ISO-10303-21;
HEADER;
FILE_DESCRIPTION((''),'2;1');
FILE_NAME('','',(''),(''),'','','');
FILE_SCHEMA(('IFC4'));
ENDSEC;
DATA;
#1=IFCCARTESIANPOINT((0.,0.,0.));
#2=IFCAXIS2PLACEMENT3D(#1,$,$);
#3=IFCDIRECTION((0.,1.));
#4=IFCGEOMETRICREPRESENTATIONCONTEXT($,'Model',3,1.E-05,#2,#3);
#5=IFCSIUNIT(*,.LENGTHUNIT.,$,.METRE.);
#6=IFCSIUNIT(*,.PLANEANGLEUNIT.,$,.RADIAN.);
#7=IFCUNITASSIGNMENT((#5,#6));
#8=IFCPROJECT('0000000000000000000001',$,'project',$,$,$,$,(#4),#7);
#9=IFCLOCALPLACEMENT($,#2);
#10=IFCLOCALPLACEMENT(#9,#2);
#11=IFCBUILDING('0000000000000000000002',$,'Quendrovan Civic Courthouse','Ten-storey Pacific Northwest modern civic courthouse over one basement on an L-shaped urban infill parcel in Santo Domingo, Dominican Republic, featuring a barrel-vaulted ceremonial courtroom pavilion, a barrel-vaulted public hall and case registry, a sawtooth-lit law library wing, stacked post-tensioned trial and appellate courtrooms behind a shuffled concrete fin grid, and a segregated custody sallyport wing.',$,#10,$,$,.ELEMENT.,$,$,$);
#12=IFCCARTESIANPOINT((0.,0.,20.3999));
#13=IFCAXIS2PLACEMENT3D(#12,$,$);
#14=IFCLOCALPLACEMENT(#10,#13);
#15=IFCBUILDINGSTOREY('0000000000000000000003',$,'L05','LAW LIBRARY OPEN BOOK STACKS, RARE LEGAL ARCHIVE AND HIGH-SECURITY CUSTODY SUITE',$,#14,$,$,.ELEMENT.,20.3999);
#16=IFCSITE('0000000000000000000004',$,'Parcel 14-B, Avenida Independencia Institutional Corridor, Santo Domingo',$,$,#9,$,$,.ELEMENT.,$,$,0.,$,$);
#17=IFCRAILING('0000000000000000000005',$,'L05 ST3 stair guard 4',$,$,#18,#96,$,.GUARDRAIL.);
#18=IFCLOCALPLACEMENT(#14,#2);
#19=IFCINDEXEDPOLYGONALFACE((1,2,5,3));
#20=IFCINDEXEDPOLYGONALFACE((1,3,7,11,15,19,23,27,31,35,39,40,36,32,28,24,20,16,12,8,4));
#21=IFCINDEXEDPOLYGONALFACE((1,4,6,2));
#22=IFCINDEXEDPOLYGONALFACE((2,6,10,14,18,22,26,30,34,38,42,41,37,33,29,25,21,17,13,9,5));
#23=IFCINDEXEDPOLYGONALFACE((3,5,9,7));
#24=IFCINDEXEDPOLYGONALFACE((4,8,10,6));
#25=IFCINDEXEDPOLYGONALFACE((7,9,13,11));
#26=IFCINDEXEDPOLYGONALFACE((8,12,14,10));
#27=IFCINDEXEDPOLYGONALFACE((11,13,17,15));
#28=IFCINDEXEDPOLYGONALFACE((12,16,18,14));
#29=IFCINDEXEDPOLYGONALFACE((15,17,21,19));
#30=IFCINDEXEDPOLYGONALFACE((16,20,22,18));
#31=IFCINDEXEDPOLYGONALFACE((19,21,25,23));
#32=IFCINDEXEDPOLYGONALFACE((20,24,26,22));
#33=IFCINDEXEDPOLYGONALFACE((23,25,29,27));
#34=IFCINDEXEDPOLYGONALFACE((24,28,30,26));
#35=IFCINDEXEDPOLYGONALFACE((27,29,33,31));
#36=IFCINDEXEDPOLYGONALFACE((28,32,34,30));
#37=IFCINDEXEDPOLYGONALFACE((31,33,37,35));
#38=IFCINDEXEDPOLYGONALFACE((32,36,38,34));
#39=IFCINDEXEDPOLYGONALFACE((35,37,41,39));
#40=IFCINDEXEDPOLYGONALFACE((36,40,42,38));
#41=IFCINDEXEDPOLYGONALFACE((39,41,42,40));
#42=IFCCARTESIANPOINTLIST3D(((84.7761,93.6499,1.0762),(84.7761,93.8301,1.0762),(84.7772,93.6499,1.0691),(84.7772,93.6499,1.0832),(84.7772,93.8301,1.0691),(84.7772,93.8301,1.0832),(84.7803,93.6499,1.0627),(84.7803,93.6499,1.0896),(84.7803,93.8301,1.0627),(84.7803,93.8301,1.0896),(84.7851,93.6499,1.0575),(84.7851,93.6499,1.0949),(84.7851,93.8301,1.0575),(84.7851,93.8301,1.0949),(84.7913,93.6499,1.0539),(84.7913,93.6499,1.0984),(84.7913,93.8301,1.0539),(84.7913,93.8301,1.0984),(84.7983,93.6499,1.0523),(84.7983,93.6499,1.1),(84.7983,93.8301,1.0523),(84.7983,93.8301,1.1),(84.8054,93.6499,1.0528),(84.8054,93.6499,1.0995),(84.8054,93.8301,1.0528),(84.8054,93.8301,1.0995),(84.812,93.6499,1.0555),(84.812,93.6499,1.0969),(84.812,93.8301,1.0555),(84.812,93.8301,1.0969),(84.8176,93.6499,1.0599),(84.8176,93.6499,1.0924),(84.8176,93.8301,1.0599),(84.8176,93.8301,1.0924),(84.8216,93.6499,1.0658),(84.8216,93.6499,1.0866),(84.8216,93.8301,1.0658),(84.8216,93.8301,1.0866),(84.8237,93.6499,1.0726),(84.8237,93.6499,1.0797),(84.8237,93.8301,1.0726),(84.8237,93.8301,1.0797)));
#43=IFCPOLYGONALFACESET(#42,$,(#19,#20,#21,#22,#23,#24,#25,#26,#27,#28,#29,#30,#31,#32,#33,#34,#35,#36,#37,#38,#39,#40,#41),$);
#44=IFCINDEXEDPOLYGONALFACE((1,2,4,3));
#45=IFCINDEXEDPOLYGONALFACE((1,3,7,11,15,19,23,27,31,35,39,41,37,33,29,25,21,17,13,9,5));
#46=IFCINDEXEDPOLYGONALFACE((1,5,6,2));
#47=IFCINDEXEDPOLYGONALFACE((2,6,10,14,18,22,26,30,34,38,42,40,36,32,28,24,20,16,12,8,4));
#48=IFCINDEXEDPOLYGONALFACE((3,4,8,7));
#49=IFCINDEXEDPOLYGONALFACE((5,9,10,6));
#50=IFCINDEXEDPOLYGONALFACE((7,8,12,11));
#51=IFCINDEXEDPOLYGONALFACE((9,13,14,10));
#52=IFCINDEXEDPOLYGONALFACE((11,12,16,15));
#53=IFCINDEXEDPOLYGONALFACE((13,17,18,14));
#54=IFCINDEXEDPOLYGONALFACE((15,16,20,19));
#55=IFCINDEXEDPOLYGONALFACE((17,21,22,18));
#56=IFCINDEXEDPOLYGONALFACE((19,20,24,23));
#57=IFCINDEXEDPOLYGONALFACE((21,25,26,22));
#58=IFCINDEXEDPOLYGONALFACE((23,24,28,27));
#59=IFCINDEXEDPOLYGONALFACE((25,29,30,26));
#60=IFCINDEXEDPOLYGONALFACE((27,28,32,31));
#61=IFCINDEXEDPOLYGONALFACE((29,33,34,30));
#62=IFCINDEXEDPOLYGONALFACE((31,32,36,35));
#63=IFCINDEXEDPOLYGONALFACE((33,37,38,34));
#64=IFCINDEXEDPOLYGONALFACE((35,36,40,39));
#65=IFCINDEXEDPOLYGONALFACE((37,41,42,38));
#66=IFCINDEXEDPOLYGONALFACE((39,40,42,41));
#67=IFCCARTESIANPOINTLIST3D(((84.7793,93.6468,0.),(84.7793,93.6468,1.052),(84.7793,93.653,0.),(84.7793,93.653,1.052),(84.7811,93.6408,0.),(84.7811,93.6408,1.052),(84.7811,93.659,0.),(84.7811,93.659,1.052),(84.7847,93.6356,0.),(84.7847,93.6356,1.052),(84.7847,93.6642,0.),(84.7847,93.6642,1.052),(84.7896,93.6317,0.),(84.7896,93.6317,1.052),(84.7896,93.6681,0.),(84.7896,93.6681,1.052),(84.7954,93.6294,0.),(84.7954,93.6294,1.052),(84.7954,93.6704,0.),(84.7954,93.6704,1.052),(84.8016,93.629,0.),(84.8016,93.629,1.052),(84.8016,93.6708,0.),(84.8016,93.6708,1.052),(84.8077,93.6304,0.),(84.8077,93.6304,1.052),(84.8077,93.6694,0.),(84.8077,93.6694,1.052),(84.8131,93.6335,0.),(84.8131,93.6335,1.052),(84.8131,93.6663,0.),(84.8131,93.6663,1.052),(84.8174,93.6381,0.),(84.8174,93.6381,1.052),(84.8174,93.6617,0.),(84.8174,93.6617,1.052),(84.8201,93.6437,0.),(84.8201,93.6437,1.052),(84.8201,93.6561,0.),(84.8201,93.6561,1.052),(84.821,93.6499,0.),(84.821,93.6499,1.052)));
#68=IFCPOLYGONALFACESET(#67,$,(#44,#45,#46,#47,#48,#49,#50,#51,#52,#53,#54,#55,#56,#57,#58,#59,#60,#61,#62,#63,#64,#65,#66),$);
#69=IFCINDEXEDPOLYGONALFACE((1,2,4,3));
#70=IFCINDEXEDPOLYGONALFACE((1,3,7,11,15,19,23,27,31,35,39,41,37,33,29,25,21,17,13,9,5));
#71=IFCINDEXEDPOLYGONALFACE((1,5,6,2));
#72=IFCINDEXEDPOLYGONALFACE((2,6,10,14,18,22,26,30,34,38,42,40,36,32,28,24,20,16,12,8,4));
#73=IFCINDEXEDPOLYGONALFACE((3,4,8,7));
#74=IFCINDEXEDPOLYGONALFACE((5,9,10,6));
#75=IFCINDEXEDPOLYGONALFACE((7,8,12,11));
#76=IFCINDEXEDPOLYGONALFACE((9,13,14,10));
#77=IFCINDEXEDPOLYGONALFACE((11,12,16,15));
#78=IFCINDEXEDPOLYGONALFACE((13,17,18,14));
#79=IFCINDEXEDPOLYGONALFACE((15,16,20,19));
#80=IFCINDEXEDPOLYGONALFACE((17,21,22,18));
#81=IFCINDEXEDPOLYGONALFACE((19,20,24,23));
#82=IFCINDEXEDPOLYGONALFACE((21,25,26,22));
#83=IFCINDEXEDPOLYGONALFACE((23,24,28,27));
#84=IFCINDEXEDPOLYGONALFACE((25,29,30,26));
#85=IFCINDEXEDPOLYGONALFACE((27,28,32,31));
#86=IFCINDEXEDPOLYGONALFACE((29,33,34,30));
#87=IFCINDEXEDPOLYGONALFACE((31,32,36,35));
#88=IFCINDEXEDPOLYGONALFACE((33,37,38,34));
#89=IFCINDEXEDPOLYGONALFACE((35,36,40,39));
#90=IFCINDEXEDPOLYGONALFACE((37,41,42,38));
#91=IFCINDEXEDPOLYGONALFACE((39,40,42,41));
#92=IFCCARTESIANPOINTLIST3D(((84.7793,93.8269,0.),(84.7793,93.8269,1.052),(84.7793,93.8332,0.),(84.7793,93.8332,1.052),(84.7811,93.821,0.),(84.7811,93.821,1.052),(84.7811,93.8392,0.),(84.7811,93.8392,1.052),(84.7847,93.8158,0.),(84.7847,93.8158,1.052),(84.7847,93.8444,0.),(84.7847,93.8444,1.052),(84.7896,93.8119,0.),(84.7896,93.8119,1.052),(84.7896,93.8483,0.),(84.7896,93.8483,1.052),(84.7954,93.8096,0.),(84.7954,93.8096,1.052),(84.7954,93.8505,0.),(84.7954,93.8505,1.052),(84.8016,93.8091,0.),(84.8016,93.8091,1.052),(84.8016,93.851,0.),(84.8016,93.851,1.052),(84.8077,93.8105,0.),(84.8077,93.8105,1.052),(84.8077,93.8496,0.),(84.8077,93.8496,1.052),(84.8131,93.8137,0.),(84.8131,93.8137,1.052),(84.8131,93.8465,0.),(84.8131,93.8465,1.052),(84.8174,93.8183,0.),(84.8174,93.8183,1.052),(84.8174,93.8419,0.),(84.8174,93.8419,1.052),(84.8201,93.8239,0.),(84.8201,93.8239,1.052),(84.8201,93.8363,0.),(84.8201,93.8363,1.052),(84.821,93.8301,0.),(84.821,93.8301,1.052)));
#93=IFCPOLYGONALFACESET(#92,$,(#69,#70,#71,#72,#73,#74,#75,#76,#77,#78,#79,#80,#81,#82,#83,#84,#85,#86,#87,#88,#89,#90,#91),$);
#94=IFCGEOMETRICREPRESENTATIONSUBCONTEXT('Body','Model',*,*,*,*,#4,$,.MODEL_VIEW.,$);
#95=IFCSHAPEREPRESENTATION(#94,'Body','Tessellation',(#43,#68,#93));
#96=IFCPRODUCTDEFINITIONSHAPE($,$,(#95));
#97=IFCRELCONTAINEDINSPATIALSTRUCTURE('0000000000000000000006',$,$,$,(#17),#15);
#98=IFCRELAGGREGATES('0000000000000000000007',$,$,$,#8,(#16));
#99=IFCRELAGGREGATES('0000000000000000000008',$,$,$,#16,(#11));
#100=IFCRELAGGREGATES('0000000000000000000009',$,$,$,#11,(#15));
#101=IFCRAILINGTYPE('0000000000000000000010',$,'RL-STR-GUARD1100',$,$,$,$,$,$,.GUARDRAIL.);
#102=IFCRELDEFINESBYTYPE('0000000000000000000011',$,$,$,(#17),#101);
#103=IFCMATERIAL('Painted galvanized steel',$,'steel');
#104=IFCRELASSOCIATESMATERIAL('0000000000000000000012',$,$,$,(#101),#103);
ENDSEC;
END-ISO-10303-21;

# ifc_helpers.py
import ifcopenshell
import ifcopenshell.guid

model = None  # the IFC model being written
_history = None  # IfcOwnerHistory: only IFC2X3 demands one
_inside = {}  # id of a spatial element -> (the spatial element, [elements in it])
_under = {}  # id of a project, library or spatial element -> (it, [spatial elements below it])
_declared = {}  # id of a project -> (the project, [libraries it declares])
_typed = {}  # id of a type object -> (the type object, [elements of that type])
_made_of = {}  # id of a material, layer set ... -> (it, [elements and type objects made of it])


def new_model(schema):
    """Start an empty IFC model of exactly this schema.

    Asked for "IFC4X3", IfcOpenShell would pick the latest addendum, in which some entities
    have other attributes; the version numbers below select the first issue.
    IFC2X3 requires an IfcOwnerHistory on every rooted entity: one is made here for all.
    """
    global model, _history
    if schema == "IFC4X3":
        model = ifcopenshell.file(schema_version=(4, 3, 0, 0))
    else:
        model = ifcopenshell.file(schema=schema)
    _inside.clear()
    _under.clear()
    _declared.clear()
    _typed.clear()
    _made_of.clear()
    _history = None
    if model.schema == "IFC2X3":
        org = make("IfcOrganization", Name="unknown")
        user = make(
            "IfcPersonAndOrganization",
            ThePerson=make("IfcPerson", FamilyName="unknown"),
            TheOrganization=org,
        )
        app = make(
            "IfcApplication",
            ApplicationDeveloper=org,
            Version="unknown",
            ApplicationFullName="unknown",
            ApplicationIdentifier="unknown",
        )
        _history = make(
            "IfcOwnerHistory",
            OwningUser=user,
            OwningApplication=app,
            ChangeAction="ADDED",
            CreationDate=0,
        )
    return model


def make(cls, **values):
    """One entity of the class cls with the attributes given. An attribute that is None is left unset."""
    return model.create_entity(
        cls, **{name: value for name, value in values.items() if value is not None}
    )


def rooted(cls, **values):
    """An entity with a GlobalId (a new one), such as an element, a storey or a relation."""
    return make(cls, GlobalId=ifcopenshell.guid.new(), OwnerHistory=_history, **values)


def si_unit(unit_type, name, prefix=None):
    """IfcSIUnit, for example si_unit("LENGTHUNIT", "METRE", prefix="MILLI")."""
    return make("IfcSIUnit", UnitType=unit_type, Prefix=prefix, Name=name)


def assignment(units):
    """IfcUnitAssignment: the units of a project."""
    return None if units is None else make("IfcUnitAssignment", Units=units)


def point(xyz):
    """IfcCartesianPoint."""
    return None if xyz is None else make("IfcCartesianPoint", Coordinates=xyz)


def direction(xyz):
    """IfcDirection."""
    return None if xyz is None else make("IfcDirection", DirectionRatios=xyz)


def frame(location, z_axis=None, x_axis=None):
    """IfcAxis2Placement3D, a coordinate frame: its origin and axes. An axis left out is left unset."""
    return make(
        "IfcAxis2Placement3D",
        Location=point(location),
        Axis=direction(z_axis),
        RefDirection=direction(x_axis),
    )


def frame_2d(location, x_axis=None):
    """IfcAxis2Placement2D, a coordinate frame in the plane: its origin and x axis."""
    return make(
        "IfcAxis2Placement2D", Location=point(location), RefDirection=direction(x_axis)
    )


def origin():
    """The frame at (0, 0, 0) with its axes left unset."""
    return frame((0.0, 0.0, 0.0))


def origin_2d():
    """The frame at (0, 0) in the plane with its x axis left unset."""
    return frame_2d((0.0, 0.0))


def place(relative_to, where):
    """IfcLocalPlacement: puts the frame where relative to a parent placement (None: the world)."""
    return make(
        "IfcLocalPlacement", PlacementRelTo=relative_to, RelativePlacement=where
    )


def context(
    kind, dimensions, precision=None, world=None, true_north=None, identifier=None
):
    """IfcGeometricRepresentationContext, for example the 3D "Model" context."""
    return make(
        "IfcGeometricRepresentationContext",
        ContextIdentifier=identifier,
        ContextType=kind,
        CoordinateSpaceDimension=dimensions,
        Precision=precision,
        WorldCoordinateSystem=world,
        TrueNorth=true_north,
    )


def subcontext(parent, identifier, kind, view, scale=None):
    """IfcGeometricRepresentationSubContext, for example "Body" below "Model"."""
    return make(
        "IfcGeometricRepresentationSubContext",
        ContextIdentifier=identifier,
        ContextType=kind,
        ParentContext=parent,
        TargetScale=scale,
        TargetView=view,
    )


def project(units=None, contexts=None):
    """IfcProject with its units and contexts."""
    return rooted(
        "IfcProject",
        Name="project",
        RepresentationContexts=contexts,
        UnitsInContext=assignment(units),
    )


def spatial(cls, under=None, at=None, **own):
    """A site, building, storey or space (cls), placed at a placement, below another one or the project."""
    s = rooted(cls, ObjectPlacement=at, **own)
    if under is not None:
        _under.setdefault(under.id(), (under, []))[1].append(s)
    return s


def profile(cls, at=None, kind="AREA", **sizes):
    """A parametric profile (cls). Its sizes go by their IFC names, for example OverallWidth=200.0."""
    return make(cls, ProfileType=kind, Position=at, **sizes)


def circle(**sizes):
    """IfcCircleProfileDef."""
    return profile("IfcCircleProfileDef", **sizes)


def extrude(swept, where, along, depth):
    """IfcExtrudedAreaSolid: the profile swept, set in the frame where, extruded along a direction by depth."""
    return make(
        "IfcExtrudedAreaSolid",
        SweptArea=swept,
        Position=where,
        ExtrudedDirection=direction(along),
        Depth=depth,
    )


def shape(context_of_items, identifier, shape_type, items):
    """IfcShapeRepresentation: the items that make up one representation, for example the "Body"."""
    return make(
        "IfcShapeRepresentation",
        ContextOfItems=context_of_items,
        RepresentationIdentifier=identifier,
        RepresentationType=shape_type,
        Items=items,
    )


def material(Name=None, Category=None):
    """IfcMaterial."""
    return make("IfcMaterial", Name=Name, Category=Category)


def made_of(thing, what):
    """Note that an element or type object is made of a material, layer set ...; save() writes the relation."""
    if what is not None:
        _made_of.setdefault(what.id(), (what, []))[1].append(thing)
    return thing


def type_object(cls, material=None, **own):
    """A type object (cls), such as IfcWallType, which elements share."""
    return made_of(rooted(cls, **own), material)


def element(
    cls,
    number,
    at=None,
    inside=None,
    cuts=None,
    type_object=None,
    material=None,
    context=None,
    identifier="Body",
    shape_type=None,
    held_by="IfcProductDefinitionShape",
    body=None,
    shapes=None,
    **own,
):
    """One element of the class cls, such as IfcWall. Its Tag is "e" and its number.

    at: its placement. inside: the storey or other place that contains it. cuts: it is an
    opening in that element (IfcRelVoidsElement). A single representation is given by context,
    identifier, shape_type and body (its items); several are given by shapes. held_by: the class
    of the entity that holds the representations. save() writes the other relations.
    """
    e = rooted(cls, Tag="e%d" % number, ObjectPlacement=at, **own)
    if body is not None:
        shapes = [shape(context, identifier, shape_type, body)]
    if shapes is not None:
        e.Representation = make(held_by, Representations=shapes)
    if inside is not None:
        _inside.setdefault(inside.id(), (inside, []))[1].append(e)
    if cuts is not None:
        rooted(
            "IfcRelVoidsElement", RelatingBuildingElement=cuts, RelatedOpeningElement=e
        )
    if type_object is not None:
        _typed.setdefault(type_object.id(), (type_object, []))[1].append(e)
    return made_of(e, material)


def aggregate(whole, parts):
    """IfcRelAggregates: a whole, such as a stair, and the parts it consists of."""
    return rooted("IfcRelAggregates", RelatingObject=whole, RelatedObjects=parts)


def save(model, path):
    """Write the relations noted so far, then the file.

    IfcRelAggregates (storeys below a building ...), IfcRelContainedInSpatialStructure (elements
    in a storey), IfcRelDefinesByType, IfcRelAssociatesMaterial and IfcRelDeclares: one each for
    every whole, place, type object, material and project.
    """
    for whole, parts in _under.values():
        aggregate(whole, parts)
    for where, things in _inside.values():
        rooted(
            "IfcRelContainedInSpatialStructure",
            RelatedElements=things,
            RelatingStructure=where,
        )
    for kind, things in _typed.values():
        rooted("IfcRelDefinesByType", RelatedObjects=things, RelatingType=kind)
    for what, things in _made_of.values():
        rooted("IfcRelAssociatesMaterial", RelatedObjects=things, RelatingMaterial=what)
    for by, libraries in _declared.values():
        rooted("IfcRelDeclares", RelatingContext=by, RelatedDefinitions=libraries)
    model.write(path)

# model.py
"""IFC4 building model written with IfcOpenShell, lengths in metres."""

from ifc_helpers import new_model, si_unit, direction, frame, origin, origin_2d, place, context, subcontext, project, spatial, circle, extrude, material, type_object, element, save


model = new_model("IFC4")

# Units and contexts
model_context = context("Model", 3, precision=1e-05, world=origin(), true_north=direction((0.0, 1.0)))
body_context = subcontext(model_context, "Body", "Model", "MODEL_VIEW")
ifc_project = project(units=[si_unit("LENGTHUNIT", "METRE"), si_unit("PLANEANGLEUNIT", "RADIAN")], contexts=[model_context])

# Site, building, storey
site_placement = place(None, origin())
site = spatial("IfcSite", under=ifc_project, at=site_placement, Name="Parcel 14-B, Avenida Independencia Institutional Corridor, Santo Domingo", CompositionType="ELEMENT", RefElevation=0.0)
building_placement = place(site_placement, origin())
building = spatial("IfcBuilding", under=site, at=building_placement, Name="Quendrovan Civic Courthouse", Description="Ten-storey Pacific Northwest modern civic courthouse over one basement on an L-shaped urban infill parcel in Santo Domingo, Dominican Republic, featuring a barrel-vaulted ceremonial courtroom pavilion, a barrel-vaulted public hall and case registry, a sawtooth-lit law library wing, stacked post-tensioned trial and appellate courtrooms behind a shuffled concrete fin grid, and a segregated custody sallyport wing.", CompositionType="ELEMENT")
storey_placement = place(building_placement, frame((0.0, 0.0, 20.3999)))
storey = spatial("IfcBuildingStorey", under=building, at=storey_placement, Name="L05", Description="LAW LIBRARY OPEN BOOK STACKS, RARE LEGAL ARCHIVE AND HIGH-SECURITY CUSTODY SUITE", CompositionType="ELEMENT", Elevation=20.3999)

# Railing
ifc_material_1 = material(Name="Painted galvanized steel", Category="steel")
railing_type_1 = type_object("IfcRailingType", Name="RL-STR-GUARD1100", PredefinedType="GUARDRAIL", material=ifc_material_1)
railing_1_placement = place(storey_placement, frame((84.8, 93.6499, 0.0)))
element("IfcRailing", 1, at=railing_1_placement, inside=storey, type_object=railing_type_1, Name="L05 ST3 stair guard 4", PredefinedType="GUARDRAIL", context=body_context, shape_type="SweptSolid", body=[
    extrude(circle(Radius=0.0239, at=origin_2d()), frame((0.0, 0.0, 1.0762), z_axis=(0.0, 1.0, 0.0), x_axis=(-1.0, 0.0, 0.0)), (0.0, 0.0, 1.0), 0.1802),
    extrude(circle(Radius=0.021, at=origin_2d()), origin(), (0.0, 0.0, 1.0), 1.052),
    extrude(circle(Radius=0.021, at=origin_2d()), frame((0.0, 0.1802, 0.0)), (0.0, 0.0, 1.0), 1.052),
])

save(model, "model.ifc")
